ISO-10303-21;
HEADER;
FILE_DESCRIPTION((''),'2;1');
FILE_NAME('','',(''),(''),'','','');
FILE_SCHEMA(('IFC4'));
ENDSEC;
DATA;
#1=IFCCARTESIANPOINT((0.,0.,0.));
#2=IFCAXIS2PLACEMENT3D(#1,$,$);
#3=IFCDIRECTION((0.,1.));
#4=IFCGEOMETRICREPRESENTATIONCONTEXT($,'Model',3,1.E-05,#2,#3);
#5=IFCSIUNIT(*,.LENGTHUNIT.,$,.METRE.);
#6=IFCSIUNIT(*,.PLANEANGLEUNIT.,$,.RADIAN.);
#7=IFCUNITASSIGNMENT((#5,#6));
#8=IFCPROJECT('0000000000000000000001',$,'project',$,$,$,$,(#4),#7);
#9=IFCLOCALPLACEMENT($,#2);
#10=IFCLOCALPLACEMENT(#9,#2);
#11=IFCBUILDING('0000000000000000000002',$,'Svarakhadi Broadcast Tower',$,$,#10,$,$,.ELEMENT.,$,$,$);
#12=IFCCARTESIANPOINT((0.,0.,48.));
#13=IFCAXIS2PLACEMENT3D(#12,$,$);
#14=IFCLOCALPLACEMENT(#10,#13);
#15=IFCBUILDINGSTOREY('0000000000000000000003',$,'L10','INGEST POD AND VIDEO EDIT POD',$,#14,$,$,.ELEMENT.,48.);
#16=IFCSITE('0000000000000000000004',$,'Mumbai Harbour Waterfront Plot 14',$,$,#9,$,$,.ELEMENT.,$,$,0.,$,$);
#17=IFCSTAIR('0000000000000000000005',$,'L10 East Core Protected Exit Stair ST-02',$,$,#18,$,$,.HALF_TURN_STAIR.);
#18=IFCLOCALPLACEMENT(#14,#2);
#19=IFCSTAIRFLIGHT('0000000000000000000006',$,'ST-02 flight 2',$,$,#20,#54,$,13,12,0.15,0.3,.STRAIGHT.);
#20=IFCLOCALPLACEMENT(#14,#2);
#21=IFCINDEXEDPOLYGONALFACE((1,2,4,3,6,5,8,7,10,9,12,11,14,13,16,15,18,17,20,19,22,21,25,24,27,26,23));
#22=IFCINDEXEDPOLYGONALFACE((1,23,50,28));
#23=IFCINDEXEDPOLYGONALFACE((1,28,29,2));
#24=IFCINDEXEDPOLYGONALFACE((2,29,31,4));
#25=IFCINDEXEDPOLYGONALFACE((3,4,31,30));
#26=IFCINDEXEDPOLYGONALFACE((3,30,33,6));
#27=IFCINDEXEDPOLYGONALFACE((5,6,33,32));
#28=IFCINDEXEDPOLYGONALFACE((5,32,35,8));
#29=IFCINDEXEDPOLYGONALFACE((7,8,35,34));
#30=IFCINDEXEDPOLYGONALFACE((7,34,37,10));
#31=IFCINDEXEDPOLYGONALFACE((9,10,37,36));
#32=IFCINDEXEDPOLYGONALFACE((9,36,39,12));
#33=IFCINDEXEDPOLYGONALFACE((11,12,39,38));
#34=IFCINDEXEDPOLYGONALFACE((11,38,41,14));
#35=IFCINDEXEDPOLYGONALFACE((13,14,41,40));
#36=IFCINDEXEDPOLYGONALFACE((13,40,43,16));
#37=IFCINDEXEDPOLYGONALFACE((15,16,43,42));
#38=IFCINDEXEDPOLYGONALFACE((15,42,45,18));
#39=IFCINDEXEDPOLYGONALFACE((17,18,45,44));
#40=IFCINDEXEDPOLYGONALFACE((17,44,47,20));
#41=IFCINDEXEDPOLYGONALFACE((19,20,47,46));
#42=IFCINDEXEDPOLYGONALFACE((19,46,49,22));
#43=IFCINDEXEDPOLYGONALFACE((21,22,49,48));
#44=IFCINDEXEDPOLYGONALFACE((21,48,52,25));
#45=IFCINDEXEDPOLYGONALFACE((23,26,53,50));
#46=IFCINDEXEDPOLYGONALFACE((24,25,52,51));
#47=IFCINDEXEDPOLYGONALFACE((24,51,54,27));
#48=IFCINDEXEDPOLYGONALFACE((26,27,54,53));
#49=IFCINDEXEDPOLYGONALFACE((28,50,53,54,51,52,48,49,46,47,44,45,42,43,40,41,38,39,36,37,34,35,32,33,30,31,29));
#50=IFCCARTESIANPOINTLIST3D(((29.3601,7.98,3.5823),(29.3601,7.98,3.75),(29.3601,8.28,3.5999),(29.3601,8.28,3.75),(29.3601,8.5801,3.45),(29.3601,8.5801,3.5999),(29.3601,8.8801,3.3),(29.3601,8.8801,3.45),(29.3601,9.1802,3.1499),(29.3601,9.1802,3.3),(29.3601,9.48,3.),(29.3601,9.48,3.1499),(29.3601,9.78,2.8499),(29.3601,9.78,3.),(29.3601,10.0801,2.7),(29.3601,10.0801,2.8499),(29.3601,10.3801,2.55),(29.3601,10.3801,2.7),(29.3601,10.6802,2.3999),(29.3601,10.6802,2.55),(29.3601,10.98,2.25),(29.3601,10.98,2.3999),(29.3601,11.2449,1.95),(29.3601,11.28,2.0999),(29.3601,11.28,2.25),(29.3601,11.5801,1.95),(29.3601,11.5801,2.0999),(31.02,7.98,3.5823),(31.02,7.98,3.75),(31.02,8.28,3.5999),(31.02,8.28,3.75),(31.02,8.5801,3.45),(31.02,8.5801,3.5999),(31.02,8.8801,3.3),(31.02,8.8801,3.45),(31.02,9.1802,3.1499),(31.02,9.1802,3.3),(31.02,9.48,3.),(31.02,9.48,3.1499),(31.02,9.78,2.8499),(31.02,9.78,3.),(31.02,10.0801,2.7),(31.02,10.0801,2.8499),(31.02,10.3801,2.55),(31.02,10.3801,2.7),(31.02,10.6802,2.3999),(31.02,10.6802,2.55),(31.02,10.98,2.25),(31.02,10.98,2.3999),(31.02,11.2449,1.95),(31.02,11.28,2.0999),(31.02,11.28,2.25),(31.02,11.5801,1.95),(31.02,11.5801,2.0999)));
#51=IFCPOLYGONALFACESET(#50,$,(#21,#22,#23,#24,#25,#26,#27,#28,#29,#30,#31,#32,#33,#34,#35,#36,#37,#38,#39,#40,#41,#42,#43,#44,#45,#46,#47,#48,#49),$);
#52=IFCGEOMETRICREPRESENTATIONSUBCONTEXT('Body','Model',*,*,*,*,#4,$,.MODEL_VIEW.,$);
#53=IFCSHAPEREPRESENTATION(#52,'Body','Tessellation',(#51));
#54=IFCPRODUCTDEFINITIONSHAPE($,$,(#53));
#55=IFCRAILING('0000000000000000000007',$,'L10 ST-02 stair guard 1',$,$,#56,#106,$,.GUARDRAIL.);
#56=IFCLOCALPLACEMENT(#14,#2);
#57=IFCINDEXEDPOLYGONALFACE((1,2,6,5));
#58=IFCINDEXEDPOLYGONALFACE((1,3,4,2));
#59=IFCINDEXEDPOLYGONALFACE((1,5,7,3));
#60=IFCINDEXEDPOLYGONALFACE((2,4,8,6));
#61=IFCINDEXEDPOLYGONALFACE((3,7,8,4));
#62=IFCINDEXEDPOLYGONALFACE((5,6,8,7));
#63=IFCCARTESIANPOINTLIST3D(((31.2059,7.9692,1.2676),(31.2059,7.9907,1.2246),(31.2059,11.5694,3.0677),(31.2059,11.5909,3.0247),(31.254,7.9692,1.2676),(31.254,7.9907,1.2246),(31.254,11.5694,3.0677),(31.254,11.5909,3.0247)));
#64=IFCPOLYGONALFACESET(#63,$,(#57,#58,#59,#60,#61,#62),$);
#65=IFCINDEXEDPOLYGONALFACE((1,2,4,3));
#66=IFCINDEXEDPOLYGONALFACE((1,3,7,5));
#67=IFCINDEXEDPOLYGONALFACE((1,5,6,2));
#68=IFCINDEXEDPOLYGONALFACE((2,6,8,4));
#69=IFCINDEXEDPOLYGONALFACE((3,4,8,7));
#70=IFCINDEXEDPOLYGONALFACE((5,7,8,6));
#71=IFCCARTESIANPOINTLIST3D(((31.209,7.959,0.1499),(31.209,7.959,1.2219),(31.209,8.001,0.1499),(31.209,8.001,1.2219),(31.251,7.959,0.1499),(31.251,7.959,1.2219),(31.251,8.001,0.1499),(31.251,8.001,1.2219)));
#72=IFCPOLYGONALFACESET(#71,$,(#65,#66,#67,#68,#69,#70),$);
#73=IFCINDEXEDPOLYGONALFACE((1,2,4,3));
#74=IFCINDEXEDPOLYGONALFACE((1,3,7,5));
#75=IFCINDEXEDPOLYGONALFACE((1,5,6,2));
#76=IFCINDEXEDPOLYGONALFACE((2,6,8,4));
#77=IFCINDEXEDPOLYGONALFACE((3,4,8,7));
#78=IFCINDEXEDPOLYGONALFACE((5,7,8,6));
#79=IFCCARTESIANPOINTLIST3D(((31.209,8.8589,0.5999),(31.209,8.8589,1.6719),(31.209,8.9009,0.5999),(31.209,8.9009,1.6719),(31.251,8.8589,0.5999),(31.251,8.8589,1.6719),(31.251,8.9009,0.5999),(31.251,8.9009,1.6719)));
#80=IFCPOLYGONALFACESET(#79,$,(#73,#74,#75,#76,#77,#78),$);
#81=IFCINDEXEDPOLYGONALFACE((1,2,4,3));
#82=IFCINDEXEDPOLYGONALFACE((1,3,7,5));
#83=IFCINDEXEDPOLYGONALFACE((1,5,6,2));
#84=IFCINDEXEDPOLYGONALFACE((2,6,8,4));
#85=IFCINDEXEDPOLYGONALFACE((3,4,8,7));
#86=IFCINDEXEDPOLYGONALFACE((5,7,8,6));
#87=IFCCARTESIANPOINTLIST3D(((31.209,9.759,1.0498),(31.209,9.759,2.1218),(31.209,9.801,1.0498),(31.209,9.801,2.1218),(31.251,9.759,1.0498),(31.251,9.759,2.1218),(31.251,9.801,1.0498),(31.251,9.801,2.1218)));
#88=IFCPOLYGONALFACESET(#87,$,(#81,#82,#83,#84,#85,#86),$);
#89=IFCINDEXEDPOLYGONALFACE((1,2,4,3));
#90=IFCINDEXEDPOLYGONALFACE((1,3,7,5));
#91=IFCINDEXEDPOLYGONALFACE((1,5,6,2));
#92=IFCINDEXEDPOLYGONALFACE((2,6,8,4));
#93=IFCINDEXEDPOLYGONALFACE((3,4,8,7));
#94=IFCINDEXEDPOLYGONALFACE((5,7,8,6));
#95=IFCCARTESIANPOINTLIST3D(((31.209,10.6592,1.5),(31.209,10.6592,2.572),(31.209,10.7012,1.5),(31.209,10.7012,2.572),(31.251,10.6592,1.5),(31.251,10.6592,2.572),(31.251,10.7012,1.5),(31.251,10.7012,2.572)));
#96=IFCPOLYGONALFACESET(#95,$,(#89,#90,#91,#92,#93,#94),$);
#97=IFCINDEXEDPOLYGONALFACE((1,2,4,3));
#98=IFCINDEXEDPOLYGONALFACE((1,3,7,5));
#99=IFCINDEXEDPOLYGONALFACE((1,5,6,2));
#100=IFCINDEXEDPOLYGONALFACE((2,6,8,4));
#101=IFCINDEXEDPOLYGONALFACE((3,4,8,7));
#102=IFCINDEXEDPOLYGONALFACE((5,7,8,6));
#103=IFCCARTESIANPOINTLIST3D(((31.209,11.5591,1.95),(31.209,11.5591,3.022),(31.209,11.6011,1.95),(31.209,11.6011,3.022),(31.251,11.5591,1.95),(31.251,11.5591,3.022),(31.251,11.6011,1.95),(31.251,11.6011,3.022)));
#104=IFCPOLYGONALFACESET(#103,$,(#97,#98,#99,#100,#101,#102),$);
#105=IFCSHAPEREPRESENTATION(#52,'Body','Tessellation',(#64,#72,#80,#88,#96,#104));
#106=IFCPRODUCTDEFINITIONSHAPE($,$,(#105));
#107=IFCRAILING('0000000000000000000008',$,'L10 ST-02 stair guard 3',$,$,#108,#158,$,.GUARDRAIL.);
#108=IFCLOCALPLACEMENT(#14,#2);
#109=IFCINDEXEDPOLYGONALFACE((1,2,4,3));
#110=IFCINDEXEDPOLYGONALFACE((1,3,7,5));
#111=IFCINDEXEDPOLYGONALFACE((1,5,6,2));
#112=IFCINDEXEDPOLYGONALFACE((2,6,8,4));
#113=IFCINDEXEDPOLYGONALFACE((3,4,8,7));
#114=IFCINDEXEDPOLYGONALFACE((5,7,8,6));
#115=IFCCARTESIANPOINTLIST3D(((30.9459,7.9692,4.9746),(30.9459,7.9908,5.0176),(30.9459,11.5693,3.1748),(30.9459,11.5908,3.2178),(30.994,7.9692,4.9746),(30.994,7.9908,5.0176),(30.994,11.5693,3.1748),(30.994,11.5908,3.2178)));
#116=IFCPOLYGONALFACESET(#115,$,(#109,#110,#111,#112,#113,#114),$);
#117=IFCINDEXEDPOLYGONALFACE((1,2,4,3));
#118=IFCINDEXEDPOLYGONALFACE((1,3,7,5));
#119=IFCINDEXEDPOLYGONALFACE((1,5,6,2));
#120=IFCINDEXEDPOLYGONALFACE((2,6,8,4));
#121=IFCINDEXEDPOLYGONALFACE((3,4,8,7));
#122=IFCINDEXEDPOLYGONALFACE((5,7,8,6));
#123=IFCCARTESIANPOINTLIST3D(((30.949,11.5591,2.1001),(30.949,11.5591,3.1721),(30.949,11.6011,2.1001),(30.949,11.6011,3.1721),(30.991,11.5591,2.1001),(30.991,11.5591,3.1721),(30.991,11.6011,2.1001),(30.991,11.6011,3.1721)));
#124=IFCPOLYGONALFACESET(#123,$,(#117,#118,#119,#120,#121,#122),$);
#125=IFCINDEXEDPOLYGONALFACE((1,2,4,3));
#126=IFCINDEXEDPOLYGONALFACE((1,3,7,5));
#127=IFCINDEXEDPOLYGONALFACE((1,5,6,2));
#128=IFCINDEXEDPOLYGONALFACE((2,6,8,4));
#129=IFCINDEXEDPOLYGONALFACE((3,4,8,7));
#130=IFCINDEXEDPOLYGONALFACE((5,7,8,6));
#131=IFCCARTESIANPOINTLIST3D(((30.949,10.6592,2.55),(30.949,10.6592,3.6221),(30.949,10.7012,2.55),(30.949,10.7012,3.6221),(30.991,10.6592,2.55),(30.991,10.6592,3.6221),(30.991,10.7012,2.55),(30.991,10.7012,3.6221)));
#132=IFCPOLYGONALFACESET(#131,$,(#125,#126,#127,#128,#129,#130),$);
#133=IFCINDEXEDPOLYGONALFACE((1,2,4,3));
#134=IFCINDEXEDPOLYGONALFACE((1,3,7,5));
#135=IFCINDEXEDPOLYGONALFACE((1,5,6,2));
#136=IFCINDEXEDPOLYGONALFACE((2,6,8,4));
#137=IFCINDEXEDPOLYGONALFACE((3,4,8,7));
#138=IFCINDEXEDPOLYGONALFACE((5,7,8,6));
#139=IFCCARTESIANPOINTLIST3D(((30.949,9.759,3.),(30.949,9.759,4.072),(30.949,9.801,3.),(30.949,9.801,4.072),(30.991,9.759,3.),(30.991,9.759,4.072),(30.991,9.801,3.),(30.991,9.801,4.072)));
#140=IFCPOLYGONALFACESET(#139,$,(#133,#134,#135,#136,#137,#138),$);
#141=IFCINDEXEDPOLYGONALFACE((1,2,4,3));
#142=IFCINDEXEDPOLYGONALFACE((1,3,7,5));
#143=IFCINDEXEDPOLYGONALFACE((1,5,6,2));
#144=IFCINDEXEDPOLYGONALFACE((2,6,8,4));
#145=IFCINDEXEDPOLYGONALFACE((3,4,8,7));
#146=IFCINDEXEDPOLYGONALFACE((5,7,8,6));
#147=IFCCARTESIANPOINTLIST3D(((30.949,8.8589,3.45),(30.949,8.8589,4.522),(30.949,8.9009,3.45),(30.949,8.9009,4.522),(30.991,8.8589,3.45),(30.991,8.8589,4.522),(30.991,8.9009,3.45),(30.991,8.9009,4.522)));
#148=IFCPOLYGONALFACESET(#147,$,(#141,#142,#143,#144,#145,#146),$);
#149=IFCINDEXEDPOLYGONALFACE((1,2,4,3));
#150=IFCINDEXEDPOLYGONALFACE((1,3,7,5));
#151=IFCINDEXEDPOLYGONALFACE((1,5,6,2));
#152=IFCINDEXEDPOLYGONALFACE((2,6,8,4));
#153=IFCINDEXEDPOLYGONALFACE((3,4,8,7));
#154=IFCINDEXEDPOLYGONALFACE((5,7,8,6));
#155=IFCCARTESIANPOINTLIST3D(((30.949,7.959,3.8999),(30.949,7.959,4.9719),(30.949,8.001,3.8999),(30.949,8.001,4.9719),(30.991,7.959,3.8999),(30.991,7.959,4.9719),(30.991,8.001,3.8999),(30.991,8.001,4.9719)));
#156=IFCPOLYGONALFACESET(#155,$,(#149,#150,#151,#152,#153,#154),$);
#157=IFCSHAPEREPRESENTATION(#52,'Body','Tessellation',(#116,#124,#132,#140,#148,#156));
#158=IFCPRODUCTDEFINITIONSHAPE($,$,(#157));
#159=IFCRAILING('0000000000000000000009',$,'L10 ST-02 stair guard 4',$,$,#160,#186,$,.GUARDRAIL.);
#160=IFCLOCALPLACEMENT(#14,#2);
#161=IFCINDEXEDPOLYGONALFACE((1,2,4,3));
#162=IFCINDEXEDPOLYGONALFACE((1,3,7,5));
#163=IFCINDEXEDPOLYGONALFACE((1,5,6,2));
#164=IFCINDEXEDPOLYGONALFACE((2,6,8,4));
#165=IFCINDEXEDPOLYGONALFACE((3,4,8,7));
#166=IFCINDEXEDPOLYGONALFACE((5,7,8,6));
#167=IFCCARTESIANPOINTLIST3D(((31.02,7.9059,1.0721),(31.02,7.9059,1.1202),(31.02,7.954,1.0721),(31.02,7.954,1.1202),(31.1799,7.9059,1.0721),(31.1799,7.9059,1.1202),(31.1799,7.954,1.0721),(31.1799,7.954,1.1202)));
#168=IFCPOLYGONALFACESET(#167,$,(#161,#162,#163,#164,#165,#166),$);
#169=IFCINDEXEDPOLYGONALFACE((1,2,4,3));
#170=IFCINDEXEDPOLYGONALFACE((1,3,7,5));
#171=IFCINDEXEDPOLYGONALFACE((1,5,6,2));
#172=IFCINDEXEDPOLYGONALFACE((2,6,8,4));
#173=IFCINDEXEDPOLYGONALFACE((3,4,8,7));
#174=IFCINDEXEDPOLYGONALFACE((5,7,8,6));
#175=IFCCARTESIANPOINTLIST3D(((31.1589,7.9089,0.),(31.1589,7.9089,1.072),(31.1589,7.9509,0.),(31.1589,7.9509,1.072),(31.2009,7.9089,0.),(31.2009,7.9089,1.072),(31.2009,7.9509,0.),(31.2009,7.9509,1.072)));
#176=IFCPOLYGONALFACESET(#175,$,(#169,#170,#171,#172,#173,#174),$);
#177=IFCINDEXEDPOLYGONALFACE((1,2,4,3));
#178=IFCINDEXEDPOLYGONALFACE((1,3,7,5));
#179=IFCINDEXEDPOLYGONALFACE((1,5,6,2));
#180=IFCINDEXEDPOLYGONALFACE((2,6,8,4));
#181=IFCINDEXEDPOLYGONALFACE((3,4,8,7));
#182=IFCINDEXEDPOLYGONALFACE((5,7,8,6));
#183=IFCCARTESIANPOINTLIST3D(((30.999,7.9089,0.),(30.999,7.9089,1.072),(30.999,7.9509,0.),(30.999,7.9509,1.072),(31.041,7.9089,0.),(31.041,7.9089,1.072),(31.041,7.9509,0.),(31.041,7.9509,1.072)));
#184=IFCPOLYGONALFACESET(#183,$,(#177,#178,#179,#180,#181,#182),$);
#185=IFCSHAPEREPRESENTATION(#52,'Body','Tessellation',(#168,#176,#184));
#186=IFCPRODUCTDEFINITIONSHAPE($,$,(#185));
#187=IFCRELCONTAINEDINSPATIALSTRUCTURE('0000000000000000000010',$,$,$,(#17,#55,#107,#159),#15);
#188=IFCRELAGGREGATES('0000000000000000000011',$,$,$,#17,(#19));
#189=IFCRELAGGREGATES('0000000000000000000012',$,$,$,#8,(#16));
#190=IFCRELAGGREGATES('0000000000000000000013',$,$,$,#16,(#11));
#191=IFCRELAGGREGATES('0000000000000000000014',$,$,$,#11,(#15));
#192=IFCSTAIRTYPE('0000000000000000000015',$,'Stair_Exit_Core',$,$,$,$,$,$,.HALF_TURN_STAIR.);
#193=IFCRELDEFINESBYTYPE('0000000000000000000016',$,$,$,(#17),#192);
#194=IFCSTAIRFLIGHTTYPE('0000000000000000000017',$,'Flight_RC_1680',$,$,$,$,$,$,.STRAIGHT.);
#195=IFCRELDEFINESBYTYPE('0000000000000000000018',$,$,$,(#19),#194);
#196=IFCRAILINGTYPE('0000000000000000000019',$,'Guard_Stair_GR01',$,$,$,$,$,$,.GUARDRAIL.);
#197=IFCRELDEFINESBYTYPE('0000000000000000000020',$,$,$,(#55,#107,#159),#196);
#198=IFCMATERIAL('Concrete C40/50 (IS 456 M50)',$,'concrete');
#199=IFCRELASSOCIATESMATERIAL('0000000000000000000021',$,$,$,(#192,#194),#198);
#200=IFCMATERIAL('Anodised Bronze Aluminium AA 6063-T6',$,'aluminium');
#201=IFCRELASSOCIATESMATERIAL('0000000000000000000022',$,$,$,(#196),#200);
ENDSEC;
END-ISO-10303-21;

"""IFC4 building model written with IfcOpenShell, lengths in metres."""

from ifc_helpers import new_model, si_unit, direction, frame, origin, origin_2d, place, context, subcontext, project, spatial, polyline, rectangle, outline, extrude, material, type_object, element, aggregate, save


model = new_model("IFC4")

# Units and contexts
model_context = context("Model", 3, precision=1e-05, world=origin(), true_north=direction((0.0, 1.0)))
body_context = subcontext(model_context, "Body", "Model", "MODEL_VIEW")
ifc_project = project(units=[si_unit("LENGTHUNIT", "METRE"), si_unit("PLANEANGLEUNIT", "RADIAN")], contexts=[model_context])

# Site, building, storey
site_placement = place(None, origin())
site = spatial("IfcSite", under=ifc_project, at=site_placement, Name="Mumbai Harbour Waterfront Plot 14", CompositionType="ELEMENT", RefElevation=0.0)
building_placement = place(site_placement, origin())
building = spatial("IfcBuilding", under=site, at=building_placement, Name="Svarakhadi Broadcast Tower", CompositionType="ELEMENT")
storey_placement = place(building_placement, frame((0.0, 0.0, 48.0)))
storey = spatial("IfcBuildingStorey", under=building, at=storey_placement, Name="L10", Description="INGEST POD AND VIDEO EDIT POD", CompositionType="ELEMENT", Elevation=48.0)

# Shared definitions
ifc_material_1 = material(Name="Anodised Bronze Aluminium AA 6063-T6", Category="aluminium")

# Shared definitions
ifc_material_2 = material(Name="Concrete C40/50 (IS 456 M50)", Category="concrete")

# Stair, stair flight
stair_type = type_object("IfcStairType", Name="Stair_Exit_Core", PredefinedType="HALF_TURN_STAIR", material=ifc_material_2)
stair_placement = place(storey_placement, origin())
stair = element("IfcStair", 1, at=stair_placement, inside=storey, type_object=stair_type, Name="L10 East Core Protected Exit Stair ST-02", PredefinedType="HALF_TURN_STAIR")
stair_flight_type = type_object("IfcStairFlightType", Name="Flight_RC_1680", PredefinedType="STRAIGHT", material=ifc_material_2)
stair_flight_1_placement = place(storey_placement, frame((30.1899, 11.5801, 1.95), z_axis=(0.0, 0.0, 1.0), x_axis=(0.0, -1.0, 0.0)))
stair_flight_1 = element("IfcStairFlight", 2, at=stair_flight_1_placement, type_object=stair_flight_type, Name="ST-02 flight 2", NumberOfRisers=13, NumberOfTreads=12, PredefinedType="STRAIGHT", RiserHeight=0.15, TreadLength=0.3, context=body_context, shape_type="SweptSolid", body=[
    extrude(outline(polyline([(0.0, 0.0), (0.0, 0.1499), (0.3, 0.1499), (0.3, 0.3), (0.6001, 0.3), (0.6001, 0.45), (0.8999, 0.45), (0.8999, 0.6001), (1.2, 0.6001), (1.2, 0.75), (1.5, 0.75), (1.5, 0.8999), (1.8, 0.8999), (1.8, 1.05), (2.1001, 1.05), (2.1001, 1.2), (2.3999, 1.2), (2.3999, 1.3501), (2.7, 1.3501), (2.7, 1.5), (3.0, 1.5), (3.0, 1.6499), (3.3, 1.6499), (3.3, 1.8), (3.6001, 1.8), (3.6001, 1.95), (3.6001, 1.6323), (0.3352, 0.0), (0.0, 0.0)])), frame((0.0, 0.8301, 0.0), z_axis=(0.0, -1.0, 0.0), x_axis=(1.0, 0.0, 0.0)), (0.0, 0.0, 1.0), 1.6599),
])
aggregate(stair, [stair_flight_1])

# Railings
railing_type_1 = type_object("IfcRailingType", Name="Guard_Stair_GR01", PredefinedType="GUARDRAIL", material=ifc_material_1)
railing_1_placement = place(storey_placement, frame((31.23, 7.98, 0.1499)))
element("IfcRailing", 3, at=railing_1_placement, inside=storey, type_object=railing_type_1, Name="L10 ST-02 stair guard 1", PredefinedType="GUARDRAIL", context=body_context, shape_type="SweptSolid", body=[
    extrude(rectangle(XDim=0.0481, YDim=0.0481, at=origin_2d()), frame((0.0, 0.0, 1.0962), z_axis=(0.0, 0.894427, 0.447214), x_axis=(-1.0, 0.0, 0.0)), (0.0, 0.0, 1.0), 4.0251),
    extrude(rectangle(XDim=0.042, YDim=0.042, at=origin_2d()), origin(), (0.0, 0.0, 1.0), 1.072),
    extrude(rectangle(XDim=0.042, YDim=0.042, at=origin_2d()), frame((0.0, 0.8999, 0.45)), (0.0, 0.0, 1.0), 1.072),
    extrude(rectangle(XDim=0.042, YDim=0.042, at=origin_2d()), frame((0.0, 1.8, 0.8999)), (0.0, 0.0, 1.0), 1.072),
    extrude(rectangle(XDim=0.042, YDim=0.042, at=origin_2d()), frame((0.0, 2.7002, 1.3501)), (0.0, 0.0, 1.0), 1.072),
    extrude(rectangle(XDim=0.042, YDim=0.042, at=origin_2d()), frame((0.0, 3.6001, 1.8)), (0.0, 0.0, 1.0), 1.072),
])
railing_2_placement = place(storey_placement, frame((30.97, 11.5801, 2.1001)))
element("IfcRailing", 4, at=railing_2_placement, inside=storey, type_object=railing_type_1, Name="L10 ST-02 stair guard 3", PredefinedType="GUARDRAIL", context=body_context, shape_type="SweptSolid", body=[
    extrude(rectangle(XDim=0.0481, YDim=0.0481, at=origin_2d()), frame((0.0, 0.0, 1.0962), z_axis=(0.0, -0.894451, 0.447165), x_axis=(1.0, 0.0, 0.0)), (0.0, 0.0, 1.0), 4.0249),
    extrude(rectangle(XDim=0.042, YDim=0.042, at=origin_2d()), origin(), (0.0, 0.0, 1.0), 1.072),
    extrude(rectangle(XDim=0.042, YDim=0.042, at=origin_2d()), frame((0.0, -0.8999, 0.45)), (0.0, 0.0, 1.0), 1.072),
    extrude(rectangle(XDim=0.042, YDim=0.042, at=origin_2d()), frame((0.0, -1.8, 0.8999)), (0.0, 0.0, 1.0), 1.072),
    extrude(rectangle(XDim=0.042, YDim=0.042, at=origin_2d()), frame((0.0, -2.7002, 1.3499)), (0.0, 0.0, 1.0), 1.072),
    extrude(rectangle(XDim=0.042, YDim=0.042, at=origin_2d()), frame((0.0, -3.6001, 1.7998)), (0.0, 0.0, 1.0), 1.072),
])
railing_3_placement = place(storey_placement, frame((31.1799, 7.9299, 0.0)))
element("IfcRailing", 5, at=railing_3_placement, inside=storey, type_object=railing_type_1, Name="L10 ST-02 stair guard 4", PredefinedType="GUARDRAIL", context=body_context, shape_type="SweptSolid", body=[
    extrude(rectangle(XDim=0.0481, YDim=0.0481, at=origin_2d()), frame((0.0, 0.0, 1.0962), z_axis=(-1.0, 0.0, 0.0), x_axis=(0.0, -1.0, 0.0)), (0.0, 0.0, 1.0), 0.1599),
    extrude(rectangle(XDim=0.042, YDim=0.042, at=origin_2d()), origin(), (0.0, 0.0, 1.0), 1.072),
    extrude(rectangle(XDim=0.042, YDim=0.042, at=origin_2d()), frame((-0.1599, 0.0, 0.0)), (0.0, 0.0, 1.0), 1.072),
])

save(model, "model.ifc")
